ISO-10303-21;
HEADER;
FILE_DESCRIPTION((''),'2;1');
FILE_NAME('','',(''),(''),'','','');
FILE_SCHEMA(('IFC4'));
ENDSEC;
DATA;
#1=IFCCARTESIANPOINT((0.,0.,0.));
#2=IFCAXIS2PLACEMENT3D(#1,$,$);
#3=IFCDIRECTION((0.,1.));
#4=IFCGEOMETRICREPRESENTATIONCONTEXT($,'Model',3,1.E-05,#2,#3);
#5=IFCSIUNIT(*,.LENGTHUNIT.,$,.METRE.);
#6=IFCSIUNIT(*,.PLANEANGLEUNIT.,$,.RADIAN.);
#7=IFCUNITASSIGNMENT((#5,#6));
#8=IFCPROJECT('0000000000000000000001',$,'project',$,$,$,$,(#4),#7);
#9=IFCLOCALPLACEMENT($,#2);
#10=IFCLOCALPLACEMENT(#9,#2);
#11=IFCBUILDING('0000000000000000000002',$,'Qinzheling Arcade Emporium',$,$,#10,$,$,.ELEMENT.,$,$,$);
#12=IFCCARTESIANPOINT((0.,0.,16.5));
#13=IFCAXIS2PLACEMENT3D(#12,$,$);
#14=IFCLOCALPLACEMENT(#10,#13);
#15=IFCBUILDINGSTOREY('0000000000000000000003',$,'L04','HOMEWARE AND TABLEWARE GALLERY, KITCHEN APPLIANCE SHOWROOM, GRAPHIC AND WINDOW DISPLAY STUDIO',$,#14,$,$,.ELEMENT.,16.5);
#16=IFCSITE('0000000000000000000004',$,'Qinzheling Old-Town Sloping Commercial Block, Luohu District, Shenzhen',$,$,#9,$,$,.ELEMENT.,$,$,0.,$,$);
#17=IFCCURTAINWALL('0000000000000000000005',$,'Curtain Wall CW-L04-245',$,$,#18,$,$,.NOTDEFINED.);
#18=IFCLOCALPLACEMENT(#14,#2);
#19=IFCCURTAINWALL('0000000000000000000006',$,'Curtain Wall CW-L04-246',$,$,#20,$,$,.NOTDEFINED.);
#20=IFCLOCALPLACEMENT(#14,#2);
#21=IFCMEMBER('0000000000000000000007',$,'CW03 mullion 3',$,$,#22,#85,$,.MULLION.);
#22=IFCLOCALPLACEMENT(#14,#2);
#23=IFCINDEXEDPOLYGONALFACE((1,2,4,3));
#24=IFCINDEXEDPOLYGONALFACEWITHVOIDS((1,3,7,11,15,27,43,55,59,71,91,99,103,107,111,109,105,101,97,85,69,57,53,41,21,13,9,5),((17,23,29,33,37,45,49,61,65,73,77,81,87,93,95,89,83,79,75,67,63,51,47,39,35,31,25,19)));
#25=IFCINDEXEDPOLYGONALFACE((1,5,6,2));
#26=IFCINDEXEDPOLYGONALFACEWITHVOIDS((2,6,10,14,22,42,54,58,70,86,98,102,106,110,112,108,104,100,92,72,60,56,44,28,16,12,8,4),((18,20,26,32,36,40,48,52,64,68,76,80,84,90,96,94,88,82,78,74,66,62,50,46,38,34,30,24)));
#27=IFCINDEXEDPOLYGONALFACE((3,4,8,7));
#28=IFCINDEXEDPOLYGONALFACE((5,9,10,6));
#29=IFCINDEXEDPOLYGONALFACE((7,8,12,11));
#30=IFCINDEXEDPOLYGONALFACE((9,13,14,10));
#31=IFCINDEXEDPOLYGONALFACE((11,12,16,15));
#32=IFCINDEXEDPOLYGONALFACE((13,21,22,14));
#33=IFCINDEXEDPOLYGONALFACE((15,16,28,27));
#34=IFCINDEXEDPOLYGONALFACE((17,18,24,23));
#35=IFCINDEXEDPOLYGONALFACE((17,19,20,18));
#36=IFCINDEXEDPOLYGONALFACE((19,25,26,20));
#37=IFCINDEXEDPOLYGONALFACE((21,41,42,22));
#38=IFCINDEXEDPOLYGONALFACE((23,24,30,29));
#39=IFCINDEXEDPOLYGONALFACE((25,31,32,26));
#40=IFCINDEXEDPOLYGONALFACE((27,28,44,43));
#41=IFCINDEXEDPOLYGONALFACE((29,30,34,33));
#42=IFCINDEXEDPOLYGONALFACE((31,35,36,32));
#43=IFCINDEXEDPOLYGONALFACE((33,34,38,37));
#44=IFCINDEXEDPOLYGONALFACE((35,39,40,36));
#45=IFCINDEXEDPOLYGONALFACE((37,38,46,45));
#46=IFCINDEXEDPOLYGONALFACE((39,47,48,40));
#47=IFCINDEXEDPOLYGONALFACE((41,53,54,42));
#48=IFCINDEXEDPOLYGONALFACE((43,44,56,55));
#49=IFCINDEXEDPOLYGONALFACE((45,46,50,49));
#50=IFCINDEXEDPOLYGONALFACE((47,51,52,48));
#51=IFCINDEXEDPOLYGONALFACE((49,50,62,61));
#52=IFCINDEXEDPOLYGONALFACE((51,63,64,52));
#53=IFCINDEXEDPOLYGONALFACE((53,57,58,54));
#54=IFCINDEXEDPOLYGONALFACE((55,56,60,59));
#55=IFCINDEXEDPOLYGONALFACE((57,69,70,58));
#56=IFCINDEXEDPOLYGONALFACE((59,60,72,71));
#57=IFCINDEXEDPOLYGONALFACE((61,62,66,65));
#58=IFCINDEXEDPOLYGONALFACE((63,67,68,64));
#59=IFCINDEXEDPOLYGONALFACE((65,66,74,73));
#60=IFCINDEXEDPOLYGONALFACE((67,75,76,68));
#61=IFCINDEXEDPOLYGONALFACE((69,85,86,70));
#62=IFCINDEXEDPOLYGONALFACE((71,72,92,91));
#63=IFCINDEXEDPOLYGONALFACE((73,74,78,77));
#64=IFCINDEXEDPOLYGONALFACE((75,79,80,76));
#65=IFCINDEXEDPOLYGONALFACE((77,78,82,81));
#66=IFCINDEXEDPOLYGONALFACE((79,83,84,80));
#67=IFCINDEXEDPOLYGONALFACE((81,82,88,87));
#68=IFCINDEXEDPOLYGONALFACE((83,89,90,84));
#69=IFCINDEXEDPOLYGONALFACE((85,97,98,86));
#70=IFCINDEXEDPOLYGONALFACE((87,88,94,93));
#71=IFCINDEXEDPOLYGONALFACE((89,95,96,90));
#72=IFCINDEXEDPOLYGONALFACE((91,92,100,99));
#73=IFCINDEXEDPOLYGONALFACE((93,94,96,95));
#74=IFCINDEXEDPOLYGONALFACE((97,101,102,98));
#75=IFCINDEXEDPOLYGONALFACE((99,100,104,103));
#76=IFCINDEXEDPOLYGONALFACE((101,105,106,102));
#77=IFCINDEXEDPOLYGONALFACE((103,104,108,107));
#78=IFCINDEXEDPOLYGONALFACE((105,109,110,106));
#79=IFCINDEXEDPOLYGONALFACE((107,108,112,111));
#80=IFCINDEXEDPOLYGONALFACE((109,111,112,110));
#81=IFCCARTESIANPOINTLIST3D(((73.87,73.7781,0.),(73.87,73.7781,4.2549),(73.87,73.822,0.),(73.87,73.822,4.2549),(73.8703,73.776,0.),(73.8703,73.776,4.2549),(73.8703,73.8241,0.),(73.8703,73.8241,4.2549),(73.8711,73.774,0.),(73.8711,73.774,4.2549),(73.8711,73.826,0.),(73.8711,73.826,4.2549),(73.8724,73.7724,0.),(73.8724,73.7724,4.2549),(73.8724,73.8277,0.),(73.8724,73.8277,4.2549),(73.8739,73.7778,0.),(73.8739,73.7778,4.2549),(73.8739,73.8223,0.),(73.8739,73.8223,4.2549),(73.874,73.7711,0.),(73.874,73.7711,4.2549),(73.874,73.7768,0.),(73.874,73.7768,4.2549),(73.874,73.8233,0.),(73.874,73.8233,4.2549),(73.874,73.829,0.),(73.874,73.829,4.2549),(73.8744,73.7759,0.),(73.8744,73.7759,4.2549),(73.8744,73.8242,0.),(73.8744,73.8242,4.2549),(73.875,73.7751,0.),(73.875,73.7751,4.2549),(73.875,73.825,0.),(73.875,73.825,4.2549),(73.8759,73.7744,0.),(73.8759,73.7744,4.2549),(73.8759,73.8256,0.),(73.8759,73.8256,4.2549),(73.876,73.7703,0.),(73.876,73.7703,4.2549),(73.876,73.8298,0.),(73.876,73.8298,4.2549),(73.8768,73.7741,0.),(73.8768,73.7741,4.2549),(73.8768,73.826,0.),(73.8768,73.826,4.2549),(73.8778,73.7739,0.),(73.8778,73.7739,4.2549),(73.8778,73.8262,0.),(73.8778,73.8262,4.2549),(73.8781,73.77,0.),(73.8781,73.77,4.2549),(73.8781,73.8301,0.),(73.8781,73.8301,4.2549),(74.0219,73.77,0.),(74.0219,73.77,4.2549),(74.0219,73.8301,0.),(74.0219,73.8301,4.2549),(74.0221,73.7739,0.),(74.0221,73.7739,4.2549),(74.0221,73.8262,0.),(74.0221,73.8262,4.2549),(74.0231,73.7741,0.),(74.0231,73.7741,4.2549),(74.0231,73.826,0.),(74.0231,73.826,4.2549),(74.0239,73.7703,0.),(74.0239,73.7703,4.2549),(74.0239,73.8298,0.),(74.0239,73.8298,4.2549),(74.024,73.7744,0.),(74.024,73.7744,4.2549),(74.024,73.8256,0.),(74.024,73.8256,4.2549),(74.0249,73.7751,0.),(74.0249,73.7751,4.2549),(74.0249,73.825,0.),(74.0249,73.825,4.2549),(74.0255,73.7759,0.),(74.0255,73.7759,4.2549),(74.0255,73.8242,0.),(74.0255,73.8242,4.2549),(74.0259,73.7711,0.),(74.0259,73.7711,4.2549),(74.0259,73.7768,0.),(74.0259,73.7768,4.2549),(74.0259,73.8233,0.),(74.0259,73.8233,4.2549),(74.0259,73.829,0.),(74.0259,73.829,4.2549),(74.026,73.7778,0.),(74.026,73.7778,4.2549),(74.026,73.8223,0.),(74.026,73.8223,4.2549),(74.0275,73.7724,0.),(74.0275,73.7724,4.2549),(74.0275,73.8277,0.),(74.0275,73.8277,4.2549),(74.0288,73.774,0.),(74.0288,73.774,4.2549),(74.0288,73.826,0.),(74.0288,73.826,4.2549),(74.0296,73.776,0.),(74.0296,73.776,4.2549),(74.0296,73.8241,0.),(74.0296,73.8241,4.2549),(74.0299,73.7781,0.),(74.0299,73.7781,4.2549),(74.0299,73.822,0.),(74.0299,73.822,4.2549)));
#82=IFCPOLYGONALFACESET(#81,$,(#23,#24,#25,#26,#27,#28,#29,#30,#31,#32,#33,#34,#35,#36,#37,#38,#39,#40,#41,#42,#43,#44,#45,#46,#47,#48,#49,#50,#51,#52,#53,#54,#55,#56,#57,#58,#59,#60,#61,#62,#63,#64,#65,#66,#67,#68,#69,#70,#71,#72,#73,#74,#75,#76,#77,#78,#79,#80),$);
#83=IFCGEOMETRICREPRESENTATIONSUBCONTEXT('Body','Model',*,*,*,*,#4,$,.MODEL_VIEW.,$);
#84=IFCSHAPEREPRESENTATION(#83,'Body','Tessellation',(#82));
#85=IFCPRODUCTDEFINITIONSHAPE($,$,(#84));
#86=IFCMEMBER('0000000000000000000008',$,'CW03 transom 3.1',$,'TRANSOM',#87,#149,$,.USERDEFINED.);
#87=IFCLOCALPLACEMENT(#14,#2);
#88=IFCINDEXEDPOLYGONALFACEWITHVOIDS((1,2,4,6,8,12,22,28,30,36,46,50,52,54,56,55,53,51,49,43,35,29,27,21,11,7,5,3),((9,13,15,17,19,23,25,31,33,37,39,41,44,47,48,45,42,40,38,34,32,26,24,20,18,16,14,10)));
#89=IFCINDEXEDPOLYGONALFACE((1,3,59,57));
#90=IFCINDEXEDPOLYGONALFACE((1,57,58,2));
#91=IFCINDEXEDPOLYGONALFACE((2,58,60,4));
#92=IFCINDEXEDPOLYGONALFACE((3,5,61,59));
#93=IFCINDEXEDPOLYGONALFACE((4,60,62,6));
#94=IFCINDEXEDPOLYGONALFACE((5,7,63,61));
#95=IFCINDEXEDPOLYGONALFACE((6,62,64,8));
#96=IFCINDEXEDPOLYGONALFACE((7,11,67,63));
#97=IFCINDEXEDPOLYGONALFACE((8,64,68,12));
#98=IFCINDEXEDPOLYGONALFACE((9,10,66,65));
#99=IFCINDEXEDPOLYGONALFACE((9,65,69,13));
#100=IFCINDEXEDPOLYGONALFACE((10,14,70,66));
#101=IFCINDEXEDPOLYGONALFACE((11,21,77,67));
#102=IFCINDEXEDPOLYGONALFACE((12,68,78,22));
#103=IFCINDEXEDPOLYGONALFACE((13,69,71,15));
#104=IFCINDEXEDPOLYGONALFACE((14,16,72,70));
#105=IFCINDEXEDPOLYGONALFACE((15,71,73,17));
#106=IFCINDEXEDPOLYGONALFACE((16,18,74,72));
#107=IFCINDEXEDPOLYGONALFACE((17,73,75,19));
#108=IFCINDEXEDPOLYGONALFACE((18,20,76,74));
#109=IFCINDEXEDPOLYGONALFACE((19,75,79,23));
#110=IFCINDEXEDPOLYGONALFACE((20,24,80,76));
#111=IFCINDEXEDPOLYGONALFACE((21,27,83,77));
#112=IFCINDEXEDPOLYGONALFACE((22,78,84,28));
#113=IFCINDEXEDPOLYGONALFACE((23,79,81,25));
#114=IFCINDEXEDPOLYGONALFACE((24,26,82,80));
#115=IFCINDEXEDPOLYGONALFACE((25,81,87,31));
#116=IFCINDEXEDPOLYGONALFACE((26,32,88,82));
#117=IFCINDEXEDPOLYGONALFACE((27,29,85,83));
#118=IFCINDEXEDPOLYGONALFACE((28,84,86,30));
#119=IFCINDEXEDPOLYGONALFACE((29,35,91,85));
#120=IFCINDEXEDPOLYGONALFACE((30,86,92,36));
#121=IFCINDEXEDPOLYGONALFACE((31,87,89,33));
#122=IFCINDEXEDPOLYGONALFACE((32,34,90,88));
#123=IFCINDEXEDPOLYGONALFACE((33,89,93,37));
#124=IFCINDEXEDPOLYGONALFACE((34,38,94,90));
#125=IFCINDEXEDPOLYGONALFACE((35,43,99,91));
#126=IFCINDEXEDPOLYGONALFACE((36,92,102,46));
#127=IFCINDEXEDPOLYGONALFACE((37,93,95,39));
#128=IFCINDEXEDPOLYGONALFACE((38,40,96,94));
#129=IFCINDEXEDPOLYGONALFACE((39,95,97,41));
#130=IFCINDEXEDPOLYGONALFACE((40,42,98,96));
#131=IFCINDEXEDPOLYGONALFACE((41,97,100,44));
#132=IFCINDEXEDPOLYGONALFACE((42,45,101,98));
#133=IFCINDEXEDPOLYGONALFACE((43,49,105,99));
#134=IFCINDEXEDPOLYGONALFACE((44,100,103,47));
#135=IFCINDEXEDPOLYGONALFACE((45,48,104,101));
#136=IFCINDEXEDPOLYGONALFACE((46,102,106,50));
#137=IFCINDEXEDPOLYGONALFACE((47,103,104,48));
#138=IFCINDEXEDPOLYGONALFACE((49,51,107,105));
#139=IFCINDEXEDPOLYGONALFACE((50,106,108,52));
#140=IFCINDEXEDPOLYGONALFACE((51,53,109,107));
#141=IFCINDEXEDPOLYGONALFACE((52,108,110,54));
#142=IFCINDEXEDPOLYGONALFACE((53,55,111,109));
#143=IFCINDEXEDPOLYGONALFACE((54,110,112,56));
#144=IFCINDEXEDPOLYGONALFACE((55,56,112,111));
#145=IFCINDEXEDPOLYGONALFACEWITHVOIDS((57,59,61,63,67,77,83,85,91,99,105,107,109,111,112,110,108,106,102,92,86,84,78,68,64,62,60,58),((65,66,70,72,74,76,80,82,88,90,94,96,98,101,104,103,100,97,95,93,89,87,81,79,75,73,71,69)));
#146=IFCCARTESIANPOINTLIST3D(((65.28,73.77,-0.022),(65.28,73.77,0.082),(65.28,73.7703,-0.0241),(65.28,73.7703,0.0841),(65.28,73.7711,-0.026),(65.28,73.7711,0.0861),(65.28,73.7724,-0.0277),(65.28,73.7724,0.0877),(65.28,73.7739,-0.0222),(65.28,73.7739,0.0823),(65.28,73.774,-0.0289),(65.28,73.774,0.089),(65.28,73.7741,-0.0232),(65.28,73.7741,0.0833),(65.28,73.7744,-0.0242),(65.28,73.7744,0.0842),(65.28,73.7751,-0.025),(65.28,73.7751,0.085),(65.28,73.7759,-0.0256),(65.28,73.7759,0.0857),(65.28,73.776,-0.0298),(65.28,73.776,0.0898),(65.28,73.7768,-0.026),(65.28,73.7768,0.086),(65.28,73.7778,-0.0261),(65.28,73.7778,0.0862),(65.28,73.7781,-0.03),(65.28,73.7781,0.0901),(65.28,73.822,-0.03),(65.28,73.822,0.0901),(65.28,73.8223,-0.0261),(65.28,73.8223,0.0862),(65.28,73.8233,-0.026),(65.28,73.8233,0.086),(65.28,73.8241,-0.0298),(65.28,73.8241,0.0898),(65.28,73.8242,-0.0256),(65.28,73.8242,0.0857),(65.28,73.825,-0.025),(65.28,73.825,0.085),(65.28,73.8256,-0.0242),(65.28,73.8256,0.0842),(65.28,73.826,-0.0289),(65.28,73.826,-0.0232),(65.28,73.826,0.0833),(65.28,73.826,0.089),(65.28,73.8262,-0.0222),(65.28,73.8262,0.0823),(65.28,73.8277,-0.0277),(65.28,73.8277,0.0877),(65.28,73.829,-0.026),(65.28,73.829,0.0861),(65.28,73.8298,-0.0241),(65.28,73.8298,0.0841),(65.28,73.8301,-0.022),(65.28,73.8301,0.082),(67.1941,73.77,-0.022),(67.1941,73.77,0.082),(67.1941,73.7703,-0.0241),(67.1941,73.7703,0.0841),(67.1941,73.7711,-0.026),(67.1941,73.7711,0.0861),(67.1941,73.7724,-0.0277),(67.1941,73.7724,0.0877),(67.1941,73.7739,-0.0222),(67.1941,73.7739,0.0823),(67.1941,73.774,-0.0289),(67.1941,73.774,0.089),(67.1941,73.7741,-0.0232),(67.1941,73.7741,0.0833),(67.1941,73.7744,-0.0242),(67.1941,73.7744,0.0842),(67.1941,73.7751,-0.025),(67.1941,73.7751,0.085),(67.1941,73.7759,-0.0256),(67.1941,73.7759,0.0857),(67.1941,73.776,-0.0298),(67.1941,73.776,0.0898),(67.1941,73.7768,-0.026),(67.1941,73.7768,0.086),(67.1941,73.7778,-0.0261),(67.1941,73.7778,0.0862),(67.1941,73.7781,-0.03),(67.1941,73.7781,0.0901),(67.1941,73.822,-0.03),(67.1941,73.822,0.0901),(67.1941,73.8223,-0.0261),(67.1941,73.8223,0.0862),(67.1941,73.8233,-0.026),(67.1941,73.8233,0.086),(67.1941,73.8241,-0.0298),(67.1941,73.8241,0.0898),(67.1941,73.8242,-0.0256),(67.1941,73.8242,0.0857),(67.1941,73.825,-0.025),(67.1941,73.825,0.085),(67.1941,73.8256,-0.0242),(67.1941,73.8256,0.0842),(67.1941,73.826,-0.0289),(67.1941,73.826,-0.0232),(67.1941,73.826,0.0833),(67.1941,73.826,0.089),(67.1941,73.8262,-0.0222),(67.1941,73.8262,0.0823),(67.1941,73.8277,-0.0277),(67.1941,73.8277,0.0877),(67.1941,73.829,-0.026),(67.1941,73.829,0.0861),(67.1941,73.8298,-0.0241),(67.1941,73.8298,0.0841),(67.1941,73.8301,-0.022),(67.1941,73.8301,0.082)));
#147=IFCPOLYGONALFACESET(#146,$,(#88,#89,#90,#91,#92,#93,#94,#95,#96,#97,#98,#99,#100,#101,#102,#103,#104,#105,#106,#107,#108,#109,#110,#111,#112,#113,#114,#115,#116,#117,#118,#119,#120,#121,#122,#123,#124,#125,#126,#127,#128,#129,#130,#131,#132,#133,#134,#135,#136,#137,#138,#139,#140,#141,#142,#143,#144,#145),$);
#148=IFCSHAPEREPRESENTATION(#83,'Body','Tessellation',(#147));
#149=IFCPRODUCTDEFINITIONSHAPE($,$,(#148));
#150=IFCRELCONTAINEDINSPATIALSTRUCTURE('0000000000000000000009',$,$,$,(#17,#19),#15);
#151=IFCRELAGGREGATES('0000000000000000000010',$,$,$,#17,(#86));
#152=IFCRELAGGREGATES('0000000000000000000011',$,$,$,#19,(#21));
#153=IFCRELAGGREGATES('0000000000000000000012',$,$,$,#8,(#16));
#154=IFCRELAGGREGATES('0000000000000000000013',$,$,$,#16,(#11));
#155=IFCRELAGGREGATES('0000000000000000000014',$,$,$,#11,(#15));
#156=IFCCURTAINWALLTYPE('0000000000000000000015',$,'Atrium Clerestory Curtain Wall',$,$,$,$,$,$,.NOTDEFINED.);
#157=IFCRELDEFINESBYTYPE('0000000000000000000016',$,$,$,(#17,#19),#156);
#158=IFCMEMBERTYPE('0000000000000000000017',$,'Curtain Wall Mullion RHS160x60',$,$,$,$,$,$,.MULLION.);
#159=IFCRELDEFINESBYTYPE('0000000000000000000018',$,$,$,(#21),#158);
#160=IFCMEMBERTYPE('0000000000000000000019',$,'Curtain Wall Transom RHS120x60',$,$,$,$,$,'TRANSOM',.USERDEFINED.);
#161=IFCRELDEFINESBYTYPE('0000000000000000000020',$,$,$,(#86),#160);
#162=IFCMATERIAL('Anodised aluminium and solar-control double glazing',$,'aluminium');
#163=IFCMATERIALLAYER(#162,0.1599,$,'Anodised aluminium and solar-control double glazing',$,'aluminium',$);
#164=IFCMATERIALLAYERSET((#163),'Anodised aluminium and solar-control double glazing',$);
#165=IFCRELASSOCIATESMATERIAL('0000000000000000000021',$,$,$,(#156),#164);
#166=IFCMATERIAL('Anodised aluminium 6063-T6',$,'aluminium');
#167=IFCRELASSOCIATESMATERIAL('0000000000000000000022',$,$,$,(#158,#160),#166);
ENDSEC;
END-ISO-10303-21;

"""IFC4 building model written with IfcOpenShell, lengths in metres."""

from ifc_helpers import new_model, si_unit, direction, frame, origin, origin_2d, place, context, subcontext, project, spatial, hollow_rectangle, extrude, material, layer, layer_set, material_profile, profile_set, type_object, element, aggregate, save


model = new_model("IFC4")

# Units and contexts
model_context = context("Model", 3, precision=1e-05, world=origin(), true_north=direction((0.0, 1.0)))
body_context = subcontext(model_context, "Body", "Model", "MODEL_VIEW")
ifc_project = project(units=[si_unit("LENGTHUNIT", "METRE"), si_unit("PLANEANGLEUNIT", "RADIAN")], contexts=[model_context])

# Site, building, storey
site_placement = place(None, origin())
site = spatial("IfcSite", under=ifc_project, at=site_placement, Name="Qinzheling Old-Town Sloping Commercial Block, Luohu District, Shenzhen", CompositionType="ELEMENT", RefElevation=0.0)
building_placement = place(site_placement, origin())
building = spatial("IfcBuilding", under=site, at=building_placement, Name="Qinzheling Arcade Emporium", CompositionType="ELEMENT")
storey_placement = place(building_placement, frame((0.0, 0.0, 16.5)))
storey = spatial("IfcBuildingStorey", under=building, at=storey_placement, Name="L04", Description="HOMEWARE AND TABLEWARE GALLERY, KITCHEN APPLIANCE SHOWROOM, GRAPHIC AND WINDOW DISPLAY STUDIO", CompositionType="ELEMENT", Elevation=16.5)

# Curtain walls, member
ifc_material_1 = material(Name="Anodised aluminium and solar-control double glazing", Category="aluminium")
ifc_layer_1 = layer(ifc_material_1, 0.1599, Name="Anodised aluminium and solar-control double glazing", Category="aluminium")
ifc_layer_set_1 = layer_set([ifc_layer_1], Name="Anodised aluminium and solar-control double glazing")
curtain_wall_type = type_object("IfcCurtainWallType", Name="Atrium Clerestory Curtain Wall", PredefinedType="NOTDEFINED", material=ifc_layer_set_1)
curtain_wall_1_placement = place(storey_placement, origin())
curtain_wall_1 = element("IfcCurtainWall", 1, at=curtain_wall_1_placement, inside=storey, type_object=curtain_wall_type, Name="Curtain Wall CW-L04-245", PredefinedType="NOTDEFINED")
ifc_material_2 = material(Name="Anodised aluminium 6063-T6", Category="aluminium")
ifc_material_profile_1 = material_profile(ifc_material_2, hollow_rectangle(XDim=0.0601, YDim=0.1599, WallThickness=0.0039, InnerFilletRadius=0.0039, OuterFilletRadius=0.0081, at=origin_2d()), Name="RHS 160x60x4", Category="aluminium")
ifc_profile_set_1 = profile_set([ifc_material_profile_1], Name="Anodised aluminium 6063-T6")
member_type_1 = type_object("IfcMemberType", Name="Curtain Wall Mullion RHS160x60", PredefinedType="MULLION", material=ifc_profile_set_1)
curtain_wall_2_placement = place(storey_placement, origin())
curtain_wall_2 = element("IfcCurtainWall", 2, at=curtain_wall_2_placement, inside=storey, type_object=curtain_wall_type, Name="Curtain Wall CW-L04-246", PredefinedType="NOTDEFINED")
member_1_placement = place(storey_placement, frame((73.95, 73.8, 0.0), z_axis=(0.0, 0.0, 1.0), x_axis=(0.0, 1.0, 0.0)))
member_1 = element("IfcMember", 3, at=member_1_placement, type_object=member_type_1, Name="CW03 mullion 3", PredefinedType="MULLION", context=body_context, shape_type="SweptSolid", body=[
    extrude(hollow_rectangle(XDim=0.0601, YDim=0.1599, WallThickness=0.0039, InnerFilletRadius=0.0039, OuterFilletRadius=0.0081, at=origin_2d()), origin(), (0.0, 0.0, 1.0), 4.2549),
])

# Member
ifc_material_profile_2 = material_profile(ifc_material_2, hollow_rectangle(XDim=0.0601, YDim=0.1201, WallThickness=0.0039, InnerFilletRadius=0.0039, OuterFilletRadius=0.0081, at=origin_2d()), Name="RHS 120x60x4", Category="aluminium")
ifc_profile_set_2 = profile_set([ifc_material_profile_2], Name="Anodised aluminium 6063-T6")
member_type_2 = type_object("IfcMemberType", Name="Curtain Wall Transom RHS120x60", ElementType="TRANSOM", PredefinedType="USERDEFINED", material=ifc_profile_set_2)
member_2_placement = place(storey_placement, frame((65.28, 73.8, 0.03), z_axis=(1.0, 0.0, 0.0), x_axis=(0.0, 1.0, 0.0)))
member_2 = element("IfcMember", 4, at=member_2_placement, type_object=member_type_2, Name="CW03 transom 3.1", ObjectType="TRANSOM", PredefinedType="USERDEFINED", context=body_context, shape_type="SweptSolid", body=[
    extrude(hollow_rectangle(XDim=0.0601, YDim=0.1201, WallThickness=0.0039, InnerFilletRadius=0.0039, OuterFilletRadius=0.0081, at=origin_2d()), origin(), (0.0, 0.0, 1.0), 1.9141),
])

aggregate(curtain_wall_1, [member_2])
aggregate(curtain_wall_2, [member_1])

save(model, "model.ifc")
